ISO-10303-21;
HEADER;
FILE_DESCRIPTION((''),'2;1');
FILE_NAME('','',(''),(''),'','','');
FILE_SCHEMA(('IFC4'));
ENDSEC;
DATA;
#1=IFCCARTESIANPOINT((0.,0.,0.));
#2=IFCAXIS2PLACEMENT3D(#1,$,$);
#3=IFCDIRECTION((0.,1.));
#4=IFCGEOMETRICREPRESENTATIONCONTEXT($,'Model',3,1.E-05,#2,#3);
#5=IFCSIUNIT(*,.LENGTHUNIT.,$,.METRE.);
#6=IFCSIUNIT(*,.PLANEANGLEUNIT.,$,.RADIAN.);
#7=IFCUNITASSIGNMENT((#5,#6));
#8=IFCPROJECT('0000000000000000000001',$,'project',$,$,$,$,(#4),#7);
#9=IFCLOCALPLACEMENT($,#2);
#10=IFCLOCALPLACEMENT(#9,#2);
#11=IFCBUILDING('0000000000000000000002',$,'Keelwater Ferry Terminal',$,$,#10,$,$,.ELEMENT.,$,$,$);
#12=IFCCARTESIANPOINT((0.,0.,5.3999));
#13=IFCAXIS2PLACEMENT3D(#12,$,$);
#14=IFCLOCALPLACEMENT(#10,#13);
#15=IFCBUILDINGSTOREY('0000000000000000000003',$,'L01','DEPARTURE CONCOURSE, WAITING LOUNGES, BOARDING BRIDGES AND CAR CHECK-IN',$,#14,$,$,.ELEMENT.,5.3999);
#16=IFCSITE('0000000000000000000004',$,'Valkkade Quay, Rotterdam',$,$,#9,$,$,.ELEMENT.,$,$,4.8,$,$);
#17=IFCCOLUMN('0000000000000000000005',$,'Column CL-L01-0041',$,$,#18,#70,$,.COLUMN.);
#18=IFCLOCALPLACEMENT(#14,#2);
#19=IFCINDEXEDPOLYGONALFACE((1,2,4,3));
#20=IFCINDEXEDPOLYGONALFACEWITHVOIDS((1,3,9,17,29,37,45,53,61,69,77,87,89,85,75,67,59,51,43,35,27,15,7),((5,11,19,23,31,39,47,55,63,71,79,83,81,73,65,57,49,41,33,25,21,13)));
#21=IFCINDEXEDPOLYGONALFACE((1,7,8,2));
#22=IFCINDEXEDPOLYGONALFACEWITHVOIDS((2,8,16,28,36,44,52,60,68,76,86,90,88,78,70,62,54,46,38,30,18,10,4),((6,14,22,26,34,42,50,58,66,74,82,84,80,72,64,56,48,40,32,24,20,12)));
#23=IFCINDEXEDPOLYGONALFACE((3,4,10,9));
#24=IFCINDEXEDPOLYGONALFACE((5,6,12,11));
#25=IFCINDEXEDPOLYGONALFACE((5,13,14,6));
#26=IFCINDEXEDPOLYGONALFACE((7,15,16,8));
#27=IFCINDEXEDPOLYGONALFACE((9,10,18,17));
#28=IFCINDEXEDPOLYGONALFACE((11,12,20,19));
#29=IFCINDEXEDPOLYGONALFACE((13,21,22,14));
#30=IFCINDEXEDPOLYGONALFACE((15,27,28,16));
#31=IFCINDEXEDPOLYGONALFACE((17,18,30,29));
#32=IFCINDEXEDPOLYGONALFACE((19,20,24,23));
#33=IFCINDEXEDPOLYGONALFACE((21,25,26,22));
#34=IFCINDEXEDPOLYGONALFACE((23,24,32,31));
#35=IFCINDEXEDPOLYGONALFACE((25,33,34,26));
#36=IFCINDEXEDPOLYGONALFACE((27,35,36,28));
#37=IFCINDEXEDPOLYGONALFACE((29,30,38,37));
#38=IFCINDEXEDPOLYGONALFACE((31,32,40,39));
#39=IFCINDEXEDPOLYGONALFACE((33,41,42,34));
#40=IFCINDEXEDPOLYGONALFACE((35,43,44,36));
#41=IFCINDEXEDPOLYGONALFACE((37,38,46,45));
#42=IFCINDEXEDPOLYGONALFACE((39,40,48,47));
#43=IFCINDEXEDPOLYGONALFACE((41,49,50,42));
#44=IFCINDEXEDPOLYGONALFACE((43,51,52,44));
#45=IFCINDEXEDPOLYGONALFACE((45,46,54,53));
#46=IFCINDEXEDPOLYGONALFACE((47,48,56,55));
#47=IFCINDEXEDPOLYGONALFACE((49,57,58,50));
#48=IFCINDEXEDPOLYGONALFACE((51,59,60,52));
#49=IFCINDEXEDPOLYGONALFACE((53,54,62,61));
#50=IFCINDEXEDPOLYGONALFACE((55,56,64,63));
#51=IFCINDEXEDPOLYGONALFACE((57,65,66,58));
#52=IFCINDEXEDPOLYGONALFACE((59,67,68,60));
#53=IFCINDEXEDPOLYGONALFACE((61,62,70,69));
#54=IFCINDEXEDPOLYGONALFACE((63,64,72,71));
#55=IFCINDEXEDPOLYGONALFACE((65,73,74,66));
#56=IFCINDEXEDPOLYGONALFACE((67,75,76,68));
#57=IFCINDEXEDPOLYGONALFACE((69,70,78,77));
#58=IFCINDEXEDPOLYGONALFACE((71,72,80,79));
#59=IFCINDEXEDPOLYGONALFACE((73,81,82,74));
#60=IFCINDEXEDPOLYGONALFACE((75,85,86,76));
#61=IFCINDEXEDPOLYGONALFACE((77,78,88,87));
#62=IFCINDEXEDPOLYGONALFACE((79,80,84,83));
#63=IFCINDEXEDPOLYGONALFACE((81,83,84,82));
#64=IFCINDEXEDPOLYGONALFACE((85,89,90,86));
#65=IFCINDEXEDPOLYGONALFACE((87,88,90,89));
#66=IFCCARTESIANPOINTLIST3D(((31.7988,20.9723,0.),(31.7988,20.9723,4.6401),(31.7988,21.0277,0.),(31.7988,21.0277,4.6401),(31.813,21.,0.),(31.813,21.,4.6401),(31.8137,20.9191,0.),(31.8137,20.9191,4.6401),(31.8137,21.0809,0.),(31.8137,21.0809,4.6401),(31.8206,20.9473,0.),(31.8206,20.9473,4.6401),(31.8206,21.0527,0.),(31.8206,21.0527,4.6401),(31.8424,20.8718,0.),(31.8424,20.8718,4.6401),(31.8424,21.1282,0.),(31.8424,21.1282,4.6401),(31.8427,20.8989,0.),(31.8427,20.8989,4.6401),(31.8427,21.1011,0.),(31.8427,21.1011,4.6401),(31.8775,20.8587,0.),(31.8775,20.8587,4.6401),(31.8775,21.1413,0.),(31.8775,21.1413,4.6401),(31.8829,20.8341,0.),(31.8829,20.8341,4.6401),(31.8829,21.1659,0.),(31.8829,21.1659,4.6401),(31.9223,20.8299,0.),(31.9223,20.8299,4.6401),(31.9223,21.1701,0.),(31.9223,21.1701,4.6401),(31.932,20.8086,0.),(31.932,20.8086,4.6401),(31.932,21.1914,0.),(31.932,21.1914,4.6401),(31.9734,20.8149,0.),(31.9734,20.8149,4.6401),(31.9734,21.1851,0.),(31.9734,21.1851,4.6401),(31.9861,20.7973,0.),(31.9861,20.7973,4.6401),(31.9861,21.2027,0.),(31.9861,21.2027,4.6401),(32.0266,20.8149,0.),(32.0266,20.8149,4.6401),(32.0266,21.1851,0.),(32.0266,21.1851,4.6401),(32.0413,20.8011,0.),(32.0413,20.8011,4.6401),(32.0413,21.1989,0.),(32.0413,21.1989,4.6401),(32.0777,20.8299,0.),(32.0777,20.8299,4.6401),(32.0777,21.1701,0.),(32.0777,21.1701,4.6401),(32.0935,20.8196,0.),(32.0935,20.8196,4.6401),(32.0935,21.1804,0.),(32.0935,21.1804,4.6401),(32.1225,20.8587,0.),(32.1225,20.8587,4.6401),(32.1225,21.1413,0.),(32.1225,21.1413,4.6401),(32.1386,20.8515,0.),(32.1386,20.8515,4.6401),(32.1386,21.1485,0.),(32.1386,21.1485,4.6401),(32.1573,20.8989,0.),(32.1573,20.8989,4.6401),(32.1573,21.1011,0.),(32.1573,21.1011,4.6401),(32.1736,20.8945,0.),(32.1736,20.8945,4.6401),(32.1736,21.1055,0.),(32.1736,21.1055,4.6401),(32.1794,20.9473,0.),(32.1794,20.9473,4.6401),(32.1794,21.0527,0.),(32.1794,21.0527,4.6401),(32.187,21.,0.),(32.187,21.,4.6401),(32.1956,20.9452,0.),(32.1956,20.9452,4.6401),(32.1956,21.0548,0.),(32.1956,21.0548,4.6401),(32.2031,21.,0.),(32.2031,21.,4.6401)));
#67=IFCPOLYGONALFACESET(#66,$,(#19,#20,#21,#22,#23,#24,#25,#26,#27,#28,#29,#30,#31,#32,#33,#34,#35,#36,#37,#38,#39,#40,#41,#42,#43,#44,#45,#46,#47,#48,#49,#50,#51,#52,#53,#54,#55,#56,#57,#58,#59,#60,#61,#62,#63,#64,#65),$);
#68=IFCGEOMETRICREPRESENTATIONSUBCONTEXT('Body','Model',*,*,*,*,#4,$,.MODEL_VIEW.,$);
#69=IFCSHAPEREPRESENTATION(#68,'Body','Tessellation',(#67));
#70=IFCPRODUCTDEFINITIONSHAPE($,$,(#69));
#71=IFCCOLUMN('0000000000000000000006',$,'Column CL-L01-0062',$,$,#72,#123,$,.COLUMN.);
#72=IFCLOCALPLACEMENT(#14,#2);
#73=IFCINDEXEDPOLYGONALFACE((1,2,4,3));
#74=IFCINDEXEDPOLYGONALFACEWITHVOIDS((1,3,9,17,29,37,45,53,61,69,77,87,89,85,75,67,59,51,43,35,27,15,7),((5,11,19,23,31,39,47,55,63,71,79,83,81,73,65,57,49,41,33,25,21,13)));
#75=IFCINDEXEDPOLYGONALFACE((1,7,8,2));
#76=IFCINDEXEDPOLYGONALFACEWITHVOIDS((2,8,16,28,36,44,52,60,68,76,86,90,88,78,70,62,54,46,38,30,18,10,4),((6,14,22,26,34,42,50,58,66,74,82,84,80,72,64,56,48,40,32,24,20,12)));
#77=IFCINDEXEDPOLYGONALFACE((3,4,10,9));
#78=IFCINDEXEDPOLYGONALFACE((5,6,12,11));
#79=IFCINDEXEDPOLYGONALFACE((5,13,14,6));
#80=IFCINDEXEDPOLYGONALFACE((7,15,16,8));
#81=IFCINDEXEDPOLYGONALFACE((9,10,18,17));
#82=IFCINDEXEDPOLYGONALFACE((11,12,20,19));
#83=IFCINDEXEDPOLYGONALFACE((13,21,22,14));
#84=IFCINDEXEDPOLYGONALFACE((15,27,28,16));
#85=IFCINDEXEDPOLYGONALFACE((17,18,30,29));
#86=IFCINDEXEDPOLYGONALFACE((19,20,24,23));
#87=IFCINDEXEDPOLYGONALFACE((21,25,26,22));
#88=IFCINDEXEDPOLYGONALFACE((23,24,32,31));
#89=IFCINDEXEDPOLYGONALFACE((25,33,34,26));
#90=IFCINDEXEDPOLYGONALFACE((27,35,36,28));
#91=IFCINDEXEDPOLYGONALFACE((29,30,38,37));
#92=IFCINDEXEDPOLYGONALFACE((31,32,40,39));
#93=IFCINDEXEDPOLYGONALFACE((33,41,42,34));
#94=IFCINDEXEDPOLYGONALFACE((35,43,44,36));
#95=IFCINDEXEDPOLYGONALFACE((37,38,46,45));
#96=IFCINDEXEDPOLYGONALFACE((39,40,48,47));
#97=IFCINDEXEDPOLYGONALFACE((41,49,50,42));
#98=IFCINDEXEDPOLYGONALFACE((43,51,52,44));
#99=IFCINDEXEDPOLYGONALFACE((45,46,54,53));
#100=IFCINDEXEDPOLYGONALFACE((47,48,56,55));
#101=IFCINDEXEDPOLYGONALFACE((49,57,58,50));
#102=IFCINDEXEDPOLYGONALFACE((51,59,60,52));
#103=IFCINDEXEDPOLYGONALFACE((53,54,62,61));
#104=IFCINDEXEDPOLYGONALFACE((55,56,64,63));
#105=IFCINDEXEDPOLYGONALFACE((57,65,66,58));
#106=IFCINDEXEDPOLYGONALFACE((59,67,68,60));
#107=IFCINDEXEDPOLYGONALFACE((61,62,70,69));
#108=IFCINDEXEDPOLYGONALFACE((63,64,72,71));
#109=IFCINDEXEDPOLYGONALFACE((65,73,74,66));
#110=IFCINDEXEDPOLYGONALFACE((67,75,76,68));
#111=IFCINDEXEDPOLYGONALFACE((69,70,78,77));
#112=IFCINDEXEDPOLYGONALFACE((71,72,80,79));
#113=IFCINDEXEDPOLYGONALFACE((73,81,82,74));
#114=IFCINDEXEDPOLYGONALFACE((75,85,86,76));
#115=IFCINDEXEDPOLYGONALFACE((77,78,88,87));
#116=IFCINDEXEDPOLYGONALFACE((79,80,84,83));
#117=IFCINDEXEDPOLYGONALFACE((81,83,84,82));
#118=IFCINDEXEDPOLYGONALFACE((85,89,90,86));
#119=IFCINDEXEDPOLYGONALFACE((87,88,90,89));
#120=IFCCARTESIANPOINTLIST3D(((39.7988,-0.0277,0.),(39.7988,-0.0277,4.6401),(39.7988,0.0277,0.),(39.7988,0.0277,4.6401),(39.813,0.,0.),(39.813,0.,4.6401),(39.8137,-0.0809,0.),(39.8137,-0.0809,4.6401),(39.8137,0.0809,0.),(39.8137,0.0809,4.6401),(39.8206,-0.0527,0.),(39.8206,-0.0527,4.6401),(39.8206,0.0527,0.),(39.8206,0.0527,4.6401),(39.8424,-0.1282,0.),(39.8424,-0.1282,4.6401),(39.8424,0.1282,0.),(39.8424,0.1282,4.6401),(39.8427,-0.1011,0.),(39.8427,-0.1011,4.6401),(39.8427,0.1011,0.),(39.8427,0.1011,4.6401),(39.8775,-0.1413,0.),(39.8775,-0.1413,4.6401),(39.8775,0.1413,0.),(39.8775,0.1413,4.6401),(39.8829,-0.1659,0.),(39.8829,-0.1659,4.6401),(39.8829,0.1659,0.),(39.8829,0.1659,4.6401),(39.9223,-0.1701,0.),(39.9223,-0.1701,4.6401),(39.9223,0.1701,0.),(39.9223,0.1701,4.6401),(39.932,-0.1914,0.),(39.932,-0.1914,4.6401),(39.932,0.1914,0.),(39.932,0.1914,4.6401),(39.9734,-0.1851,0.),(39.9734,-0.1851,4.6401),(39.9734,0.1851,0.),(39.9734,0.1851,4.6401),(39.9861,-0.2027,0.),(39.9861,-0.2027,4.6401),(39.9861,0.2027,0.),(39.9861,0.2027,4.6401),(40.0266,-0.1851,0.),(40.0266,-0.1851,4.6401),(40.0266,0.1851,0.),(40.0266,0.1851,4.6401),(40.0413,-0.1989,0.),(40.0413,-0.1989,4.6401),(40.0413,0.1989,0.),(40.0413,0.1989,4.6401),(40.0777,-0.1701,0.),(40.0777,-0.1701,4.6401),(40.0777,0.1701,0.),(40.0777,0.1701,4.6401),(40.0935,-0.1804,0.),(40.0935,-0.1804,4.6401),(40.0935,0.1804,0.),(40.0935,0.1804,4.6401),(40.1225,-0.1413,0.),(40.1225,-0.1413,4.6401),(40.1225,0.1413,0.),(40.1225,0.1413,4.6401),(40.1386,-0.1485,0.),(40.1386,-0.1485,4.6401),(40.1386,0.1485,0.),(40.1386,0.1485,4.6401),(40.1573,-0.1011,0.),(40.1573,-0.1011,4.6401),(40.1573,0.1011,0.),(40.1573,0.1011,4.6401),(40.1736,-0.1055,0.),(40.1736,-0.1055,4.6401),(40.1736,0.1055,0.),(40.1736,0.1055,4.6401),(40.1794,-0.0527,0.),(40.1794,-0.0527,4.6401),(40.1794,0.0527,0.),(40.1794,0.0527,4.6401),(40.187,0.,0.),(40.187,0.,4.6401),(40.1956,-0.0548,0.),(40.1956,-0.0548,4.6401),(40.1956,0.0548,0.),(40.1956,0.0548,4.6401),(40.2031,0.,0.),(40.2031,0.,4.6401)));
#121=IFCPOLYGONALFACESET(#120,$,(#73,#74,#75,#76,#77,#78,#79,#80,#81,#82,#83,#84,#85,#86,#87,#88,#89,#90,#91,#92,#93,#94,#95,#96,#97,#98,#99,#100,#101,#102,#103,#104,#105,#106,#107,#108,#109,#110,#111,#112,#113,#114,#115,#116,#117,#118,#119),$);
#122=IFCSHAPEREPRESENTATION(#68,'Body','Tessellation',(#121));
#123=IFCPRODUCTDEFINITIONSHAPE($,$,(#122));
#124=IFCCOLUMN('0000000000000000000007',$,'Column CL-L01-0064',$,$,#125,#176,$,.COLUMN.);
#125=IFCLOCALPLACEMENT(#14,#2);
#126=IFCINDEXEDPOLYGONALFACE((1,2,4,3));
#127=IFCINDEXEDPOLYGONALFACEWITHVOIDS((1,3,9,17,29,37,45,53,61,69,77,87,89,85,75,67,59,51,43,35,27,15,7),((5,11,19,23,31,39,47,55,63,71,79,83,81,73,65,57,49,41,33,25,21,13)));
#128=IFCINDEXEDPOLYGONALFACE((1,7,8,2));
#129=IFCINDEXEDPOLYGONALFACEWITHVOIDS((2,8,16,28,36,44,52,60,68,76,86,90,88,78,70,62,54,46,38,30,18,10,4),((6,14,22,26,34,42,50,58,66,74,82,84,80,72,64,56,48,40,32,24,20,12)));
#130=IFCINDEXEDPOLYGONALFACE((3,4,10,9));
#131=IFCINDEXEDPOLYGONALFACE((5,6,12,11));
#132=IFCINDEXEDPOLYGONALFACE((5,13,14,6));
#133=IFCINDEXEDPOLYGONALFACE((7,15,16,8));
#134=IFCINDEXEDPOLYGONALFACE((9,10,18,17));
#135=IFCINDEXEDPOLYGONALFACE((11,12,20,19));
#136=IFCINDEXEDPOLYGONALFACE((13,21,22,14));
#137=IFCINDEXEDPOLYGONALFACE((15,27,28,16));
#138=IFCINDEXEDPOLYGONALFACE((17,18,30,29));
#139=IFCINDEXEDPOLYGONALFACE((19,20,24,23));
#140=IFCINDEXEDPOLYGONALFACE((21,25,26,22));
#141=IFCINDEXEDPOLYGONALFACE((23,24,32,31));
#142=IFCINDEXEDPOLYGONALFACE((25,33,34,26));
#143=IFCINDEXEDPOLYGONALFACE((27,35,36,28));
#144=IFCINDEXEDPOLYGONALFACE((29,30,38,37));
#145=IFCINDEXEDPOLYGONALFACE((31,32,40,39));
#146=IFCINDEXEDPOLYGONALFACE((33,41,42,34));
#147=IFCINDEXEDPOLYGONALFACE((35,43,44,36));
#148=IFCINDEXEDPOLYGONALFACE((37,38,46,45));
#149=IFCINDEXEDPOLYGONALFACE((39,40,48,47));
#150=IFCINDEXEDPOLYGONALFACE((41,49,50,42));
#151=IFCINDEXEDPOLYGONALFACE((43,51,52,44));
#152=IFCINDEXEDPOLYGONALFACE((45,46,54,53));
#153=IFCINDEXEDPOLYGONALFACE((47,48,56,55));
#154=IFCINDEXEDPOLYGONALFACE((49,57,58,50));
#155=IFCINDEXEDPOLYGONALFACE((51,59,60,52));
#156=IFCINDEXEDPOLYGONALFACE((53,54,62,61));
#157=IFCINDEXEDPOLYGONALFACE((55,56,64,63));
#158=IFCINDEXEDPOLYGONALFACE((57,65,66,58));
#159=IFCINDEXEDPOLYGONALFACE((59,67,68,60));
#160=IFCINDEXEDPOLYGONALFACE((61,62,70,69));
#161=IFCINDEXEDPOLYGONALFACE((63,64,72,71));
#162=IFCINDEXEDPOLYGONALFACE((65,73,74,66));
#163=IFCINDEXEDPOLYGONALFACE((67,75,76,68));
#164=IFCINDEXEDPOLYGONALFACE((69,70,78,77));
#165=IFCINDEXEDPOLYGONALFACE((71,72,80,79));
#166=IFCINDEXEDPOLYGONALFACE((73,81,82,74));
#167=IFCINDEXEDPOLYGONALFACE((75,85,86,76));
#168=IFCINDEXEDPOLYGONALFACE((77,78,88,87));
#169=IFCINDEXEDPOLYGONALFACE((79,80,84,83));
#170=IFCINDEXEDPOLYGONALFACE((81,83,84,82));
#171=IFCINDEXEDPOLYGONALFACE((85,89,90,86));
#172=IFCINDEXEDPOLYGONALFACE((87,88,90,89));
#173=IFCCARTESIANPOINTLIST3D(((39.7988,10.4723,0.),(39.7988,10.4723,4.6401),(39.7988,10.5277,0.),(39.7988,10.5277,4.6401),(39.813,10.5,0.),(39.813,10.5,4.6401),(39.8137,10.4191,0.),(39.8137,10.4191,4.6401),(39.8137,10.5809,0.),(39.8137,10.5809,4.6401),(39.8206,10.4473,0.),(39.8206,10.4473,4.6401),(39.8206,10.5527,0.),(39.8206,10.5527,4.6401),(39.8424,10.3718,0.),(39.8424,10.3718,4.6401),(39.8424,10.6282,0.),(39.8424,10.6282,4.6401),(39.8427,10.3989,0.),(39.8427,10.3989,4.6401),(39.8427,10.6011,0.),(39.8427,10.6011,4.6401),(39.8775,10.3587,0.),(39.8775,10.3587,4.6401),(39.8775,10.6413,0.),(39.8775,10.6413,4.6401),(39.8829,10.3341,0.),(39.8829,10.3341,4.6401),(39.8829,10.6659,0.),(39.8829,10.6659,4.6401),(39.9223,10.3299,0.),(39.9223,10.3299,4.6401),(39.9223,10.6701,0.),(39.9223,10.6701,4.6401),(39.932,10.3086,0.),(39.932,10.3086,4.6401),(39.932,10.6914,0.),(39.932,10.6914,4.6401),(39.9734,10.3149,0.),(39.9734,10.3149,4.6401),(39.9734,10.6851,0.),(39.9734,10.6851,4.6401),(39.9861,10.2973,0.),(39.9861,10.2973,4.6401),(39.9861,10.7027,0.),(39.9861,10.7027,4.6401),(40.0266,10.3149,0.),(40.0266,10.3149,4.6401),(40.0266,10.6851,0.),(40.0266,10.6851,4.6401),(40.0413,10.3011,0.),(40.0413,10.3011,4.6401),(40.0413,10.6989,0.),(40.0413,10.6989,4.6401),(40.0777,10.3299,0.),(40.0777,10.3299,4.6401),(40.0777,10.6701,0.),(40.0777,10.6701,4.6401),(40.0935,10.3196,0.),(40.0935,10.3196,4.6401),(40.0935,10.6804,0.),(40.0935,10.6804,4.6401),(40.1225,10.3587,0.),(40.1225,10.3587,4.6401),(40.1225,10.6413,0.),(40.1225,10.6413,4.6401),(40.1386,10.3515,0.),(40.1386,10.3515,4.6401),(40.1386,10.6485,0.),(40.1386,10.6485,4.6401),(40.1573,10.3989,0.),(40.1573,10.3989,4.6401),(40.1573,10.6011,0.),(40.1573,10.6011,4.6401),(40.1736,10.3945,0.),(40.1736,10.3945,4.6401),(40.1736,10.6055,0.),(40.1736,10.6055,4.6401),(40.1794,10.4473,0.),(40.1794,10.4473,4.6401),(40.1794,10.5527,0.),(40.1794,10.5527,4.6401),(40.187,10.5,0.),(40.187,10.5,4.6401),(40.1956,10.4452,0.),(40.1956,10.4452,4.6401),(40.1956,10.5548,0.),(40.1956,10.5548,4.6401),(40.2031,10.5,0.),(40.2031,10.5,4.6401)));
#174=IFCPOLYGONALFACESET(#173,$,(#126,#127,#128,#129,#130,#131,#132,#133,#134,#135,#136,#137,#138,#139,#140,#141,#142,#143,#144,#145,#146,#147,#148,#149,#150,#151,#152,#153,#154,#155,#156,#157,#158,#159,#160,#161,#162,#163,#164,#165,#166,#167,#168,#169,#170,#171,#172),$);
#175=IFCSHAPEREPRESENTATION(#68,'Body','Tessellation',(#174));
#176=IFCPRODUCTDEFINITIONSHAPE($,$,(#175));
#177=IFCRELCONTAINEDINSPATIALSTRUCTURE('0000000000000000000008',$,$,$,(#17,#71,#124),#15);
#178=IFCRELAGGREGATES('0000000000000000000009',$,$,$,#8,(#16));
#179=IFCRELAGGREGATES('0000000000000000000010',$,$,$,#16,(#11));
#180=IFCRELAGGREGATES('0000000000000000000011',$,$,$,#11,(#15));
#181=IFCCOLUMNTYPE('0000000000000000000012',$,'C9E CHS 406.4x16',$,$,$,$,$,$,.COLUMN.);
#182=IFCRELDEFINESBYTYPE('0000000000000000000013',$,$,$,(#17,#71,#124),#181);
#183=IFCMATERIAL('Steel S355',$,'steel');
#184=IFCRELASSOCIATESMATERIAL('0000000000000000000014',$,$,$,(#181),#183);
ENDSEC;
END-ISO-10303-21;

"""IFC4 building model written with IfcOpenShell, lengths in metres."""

from ifc_helpers import new_model, si_unit, direction, frame, origin, origin_2d, place, context, subcontext, project, spatial, hollow_circle, extrude, material, material_profile, profile_set, type_object, element, save


model = new_model("IFC4")

# Units and contexts
model_context = context("Model", 3, precision=1e-05, world=origin(), true_north=direction((0.0, 1.0)))
body_context = subcontext(model_context, "Body", "Model", "MODEL_VIEW")
ifc_project = project(units=[si_unit("LENGTHUNIT", "METRE"), si_unit("PLANEANGLEUNIT", "RADIAN")], contexts=[model_context])

# Site, building, storey
site_placement = place(None, origin())
site = spatial("IfcSite", under=ifc_project, at=site_placement, Name="Valkkade Quay, Rotterdam", CompositionType="ELEMENT", RefElevation=4.8)
building_placement = place(site_placement, origin())
building = spatial("IfcBuilding", under=site, at=building_placement, Name="Keelwater Ferry Terminal", CompositionType="ELEMENT")
storey_placement = place(building_placement, frame((0.0, 0.0, 5.3999)))
storey = spatial("IfcBuildingStorey", under=building, at=storey_placement, Name="L01", Description="DEPARTURE CONCOURSE, WAITING LOUNGES, BOARDING BRIDGES AND CAR CHECK-IN", CompositionType="ELEMENT", Elevation=5.3999)

# Columns
ifc_material_1 = material(Name="Steel S355", Category="steel")
ifc_material_profile_1 = material_profile(ifc_material_1, hollow_circle(Radius=0.2031, WallThickness=0.0161, at=origin_2d()), Name="CHS 406.4x16")
ifc_profile_set_1 = profile_set([ifc_material_profile_1], Name="Steel S355")
column_type = type_object("IfcColumnType", Name="C9E CHS 406.4x16", PredefinedType="COLUMN", material=ifc_profile_set_1)
for number, where, z_axis, x_axis, name in (
    (1, (32.0, 21.0, 0.0), (0.0, 0.0, 1.0), (1.0, 0.0, 0.0), "Column CL-L01-0041"),
    (2, (40.0, 0.0, 0.0), (0.0, 0.0, 1.0), (1.0, 0.0, 0.0), "Column CL-L01-0062"),
    (3, (40.0, 10.5, 0.0), (0.0, 0.0, 1.0), (1.0, 0.0, 0.0), "Column CL-L01-0064"),
):
    element("IfcColumn", number, at=place(storey_placement, frame(where, z_axis=z_axis, x_axis=x_axis)), inside=storey, type_object=column_type, Name=name, PredefinedType="COLUMN", context=body_context, shape_type="SweptSolid", body=[
        extrude(hollow_circle(Radius=0.2031, WallThickness=0.0161, at=origin_2d()), origin(), (0.0, 0.0, 1.0), 4.6401),
    ])

save(model, "model.ifc")
